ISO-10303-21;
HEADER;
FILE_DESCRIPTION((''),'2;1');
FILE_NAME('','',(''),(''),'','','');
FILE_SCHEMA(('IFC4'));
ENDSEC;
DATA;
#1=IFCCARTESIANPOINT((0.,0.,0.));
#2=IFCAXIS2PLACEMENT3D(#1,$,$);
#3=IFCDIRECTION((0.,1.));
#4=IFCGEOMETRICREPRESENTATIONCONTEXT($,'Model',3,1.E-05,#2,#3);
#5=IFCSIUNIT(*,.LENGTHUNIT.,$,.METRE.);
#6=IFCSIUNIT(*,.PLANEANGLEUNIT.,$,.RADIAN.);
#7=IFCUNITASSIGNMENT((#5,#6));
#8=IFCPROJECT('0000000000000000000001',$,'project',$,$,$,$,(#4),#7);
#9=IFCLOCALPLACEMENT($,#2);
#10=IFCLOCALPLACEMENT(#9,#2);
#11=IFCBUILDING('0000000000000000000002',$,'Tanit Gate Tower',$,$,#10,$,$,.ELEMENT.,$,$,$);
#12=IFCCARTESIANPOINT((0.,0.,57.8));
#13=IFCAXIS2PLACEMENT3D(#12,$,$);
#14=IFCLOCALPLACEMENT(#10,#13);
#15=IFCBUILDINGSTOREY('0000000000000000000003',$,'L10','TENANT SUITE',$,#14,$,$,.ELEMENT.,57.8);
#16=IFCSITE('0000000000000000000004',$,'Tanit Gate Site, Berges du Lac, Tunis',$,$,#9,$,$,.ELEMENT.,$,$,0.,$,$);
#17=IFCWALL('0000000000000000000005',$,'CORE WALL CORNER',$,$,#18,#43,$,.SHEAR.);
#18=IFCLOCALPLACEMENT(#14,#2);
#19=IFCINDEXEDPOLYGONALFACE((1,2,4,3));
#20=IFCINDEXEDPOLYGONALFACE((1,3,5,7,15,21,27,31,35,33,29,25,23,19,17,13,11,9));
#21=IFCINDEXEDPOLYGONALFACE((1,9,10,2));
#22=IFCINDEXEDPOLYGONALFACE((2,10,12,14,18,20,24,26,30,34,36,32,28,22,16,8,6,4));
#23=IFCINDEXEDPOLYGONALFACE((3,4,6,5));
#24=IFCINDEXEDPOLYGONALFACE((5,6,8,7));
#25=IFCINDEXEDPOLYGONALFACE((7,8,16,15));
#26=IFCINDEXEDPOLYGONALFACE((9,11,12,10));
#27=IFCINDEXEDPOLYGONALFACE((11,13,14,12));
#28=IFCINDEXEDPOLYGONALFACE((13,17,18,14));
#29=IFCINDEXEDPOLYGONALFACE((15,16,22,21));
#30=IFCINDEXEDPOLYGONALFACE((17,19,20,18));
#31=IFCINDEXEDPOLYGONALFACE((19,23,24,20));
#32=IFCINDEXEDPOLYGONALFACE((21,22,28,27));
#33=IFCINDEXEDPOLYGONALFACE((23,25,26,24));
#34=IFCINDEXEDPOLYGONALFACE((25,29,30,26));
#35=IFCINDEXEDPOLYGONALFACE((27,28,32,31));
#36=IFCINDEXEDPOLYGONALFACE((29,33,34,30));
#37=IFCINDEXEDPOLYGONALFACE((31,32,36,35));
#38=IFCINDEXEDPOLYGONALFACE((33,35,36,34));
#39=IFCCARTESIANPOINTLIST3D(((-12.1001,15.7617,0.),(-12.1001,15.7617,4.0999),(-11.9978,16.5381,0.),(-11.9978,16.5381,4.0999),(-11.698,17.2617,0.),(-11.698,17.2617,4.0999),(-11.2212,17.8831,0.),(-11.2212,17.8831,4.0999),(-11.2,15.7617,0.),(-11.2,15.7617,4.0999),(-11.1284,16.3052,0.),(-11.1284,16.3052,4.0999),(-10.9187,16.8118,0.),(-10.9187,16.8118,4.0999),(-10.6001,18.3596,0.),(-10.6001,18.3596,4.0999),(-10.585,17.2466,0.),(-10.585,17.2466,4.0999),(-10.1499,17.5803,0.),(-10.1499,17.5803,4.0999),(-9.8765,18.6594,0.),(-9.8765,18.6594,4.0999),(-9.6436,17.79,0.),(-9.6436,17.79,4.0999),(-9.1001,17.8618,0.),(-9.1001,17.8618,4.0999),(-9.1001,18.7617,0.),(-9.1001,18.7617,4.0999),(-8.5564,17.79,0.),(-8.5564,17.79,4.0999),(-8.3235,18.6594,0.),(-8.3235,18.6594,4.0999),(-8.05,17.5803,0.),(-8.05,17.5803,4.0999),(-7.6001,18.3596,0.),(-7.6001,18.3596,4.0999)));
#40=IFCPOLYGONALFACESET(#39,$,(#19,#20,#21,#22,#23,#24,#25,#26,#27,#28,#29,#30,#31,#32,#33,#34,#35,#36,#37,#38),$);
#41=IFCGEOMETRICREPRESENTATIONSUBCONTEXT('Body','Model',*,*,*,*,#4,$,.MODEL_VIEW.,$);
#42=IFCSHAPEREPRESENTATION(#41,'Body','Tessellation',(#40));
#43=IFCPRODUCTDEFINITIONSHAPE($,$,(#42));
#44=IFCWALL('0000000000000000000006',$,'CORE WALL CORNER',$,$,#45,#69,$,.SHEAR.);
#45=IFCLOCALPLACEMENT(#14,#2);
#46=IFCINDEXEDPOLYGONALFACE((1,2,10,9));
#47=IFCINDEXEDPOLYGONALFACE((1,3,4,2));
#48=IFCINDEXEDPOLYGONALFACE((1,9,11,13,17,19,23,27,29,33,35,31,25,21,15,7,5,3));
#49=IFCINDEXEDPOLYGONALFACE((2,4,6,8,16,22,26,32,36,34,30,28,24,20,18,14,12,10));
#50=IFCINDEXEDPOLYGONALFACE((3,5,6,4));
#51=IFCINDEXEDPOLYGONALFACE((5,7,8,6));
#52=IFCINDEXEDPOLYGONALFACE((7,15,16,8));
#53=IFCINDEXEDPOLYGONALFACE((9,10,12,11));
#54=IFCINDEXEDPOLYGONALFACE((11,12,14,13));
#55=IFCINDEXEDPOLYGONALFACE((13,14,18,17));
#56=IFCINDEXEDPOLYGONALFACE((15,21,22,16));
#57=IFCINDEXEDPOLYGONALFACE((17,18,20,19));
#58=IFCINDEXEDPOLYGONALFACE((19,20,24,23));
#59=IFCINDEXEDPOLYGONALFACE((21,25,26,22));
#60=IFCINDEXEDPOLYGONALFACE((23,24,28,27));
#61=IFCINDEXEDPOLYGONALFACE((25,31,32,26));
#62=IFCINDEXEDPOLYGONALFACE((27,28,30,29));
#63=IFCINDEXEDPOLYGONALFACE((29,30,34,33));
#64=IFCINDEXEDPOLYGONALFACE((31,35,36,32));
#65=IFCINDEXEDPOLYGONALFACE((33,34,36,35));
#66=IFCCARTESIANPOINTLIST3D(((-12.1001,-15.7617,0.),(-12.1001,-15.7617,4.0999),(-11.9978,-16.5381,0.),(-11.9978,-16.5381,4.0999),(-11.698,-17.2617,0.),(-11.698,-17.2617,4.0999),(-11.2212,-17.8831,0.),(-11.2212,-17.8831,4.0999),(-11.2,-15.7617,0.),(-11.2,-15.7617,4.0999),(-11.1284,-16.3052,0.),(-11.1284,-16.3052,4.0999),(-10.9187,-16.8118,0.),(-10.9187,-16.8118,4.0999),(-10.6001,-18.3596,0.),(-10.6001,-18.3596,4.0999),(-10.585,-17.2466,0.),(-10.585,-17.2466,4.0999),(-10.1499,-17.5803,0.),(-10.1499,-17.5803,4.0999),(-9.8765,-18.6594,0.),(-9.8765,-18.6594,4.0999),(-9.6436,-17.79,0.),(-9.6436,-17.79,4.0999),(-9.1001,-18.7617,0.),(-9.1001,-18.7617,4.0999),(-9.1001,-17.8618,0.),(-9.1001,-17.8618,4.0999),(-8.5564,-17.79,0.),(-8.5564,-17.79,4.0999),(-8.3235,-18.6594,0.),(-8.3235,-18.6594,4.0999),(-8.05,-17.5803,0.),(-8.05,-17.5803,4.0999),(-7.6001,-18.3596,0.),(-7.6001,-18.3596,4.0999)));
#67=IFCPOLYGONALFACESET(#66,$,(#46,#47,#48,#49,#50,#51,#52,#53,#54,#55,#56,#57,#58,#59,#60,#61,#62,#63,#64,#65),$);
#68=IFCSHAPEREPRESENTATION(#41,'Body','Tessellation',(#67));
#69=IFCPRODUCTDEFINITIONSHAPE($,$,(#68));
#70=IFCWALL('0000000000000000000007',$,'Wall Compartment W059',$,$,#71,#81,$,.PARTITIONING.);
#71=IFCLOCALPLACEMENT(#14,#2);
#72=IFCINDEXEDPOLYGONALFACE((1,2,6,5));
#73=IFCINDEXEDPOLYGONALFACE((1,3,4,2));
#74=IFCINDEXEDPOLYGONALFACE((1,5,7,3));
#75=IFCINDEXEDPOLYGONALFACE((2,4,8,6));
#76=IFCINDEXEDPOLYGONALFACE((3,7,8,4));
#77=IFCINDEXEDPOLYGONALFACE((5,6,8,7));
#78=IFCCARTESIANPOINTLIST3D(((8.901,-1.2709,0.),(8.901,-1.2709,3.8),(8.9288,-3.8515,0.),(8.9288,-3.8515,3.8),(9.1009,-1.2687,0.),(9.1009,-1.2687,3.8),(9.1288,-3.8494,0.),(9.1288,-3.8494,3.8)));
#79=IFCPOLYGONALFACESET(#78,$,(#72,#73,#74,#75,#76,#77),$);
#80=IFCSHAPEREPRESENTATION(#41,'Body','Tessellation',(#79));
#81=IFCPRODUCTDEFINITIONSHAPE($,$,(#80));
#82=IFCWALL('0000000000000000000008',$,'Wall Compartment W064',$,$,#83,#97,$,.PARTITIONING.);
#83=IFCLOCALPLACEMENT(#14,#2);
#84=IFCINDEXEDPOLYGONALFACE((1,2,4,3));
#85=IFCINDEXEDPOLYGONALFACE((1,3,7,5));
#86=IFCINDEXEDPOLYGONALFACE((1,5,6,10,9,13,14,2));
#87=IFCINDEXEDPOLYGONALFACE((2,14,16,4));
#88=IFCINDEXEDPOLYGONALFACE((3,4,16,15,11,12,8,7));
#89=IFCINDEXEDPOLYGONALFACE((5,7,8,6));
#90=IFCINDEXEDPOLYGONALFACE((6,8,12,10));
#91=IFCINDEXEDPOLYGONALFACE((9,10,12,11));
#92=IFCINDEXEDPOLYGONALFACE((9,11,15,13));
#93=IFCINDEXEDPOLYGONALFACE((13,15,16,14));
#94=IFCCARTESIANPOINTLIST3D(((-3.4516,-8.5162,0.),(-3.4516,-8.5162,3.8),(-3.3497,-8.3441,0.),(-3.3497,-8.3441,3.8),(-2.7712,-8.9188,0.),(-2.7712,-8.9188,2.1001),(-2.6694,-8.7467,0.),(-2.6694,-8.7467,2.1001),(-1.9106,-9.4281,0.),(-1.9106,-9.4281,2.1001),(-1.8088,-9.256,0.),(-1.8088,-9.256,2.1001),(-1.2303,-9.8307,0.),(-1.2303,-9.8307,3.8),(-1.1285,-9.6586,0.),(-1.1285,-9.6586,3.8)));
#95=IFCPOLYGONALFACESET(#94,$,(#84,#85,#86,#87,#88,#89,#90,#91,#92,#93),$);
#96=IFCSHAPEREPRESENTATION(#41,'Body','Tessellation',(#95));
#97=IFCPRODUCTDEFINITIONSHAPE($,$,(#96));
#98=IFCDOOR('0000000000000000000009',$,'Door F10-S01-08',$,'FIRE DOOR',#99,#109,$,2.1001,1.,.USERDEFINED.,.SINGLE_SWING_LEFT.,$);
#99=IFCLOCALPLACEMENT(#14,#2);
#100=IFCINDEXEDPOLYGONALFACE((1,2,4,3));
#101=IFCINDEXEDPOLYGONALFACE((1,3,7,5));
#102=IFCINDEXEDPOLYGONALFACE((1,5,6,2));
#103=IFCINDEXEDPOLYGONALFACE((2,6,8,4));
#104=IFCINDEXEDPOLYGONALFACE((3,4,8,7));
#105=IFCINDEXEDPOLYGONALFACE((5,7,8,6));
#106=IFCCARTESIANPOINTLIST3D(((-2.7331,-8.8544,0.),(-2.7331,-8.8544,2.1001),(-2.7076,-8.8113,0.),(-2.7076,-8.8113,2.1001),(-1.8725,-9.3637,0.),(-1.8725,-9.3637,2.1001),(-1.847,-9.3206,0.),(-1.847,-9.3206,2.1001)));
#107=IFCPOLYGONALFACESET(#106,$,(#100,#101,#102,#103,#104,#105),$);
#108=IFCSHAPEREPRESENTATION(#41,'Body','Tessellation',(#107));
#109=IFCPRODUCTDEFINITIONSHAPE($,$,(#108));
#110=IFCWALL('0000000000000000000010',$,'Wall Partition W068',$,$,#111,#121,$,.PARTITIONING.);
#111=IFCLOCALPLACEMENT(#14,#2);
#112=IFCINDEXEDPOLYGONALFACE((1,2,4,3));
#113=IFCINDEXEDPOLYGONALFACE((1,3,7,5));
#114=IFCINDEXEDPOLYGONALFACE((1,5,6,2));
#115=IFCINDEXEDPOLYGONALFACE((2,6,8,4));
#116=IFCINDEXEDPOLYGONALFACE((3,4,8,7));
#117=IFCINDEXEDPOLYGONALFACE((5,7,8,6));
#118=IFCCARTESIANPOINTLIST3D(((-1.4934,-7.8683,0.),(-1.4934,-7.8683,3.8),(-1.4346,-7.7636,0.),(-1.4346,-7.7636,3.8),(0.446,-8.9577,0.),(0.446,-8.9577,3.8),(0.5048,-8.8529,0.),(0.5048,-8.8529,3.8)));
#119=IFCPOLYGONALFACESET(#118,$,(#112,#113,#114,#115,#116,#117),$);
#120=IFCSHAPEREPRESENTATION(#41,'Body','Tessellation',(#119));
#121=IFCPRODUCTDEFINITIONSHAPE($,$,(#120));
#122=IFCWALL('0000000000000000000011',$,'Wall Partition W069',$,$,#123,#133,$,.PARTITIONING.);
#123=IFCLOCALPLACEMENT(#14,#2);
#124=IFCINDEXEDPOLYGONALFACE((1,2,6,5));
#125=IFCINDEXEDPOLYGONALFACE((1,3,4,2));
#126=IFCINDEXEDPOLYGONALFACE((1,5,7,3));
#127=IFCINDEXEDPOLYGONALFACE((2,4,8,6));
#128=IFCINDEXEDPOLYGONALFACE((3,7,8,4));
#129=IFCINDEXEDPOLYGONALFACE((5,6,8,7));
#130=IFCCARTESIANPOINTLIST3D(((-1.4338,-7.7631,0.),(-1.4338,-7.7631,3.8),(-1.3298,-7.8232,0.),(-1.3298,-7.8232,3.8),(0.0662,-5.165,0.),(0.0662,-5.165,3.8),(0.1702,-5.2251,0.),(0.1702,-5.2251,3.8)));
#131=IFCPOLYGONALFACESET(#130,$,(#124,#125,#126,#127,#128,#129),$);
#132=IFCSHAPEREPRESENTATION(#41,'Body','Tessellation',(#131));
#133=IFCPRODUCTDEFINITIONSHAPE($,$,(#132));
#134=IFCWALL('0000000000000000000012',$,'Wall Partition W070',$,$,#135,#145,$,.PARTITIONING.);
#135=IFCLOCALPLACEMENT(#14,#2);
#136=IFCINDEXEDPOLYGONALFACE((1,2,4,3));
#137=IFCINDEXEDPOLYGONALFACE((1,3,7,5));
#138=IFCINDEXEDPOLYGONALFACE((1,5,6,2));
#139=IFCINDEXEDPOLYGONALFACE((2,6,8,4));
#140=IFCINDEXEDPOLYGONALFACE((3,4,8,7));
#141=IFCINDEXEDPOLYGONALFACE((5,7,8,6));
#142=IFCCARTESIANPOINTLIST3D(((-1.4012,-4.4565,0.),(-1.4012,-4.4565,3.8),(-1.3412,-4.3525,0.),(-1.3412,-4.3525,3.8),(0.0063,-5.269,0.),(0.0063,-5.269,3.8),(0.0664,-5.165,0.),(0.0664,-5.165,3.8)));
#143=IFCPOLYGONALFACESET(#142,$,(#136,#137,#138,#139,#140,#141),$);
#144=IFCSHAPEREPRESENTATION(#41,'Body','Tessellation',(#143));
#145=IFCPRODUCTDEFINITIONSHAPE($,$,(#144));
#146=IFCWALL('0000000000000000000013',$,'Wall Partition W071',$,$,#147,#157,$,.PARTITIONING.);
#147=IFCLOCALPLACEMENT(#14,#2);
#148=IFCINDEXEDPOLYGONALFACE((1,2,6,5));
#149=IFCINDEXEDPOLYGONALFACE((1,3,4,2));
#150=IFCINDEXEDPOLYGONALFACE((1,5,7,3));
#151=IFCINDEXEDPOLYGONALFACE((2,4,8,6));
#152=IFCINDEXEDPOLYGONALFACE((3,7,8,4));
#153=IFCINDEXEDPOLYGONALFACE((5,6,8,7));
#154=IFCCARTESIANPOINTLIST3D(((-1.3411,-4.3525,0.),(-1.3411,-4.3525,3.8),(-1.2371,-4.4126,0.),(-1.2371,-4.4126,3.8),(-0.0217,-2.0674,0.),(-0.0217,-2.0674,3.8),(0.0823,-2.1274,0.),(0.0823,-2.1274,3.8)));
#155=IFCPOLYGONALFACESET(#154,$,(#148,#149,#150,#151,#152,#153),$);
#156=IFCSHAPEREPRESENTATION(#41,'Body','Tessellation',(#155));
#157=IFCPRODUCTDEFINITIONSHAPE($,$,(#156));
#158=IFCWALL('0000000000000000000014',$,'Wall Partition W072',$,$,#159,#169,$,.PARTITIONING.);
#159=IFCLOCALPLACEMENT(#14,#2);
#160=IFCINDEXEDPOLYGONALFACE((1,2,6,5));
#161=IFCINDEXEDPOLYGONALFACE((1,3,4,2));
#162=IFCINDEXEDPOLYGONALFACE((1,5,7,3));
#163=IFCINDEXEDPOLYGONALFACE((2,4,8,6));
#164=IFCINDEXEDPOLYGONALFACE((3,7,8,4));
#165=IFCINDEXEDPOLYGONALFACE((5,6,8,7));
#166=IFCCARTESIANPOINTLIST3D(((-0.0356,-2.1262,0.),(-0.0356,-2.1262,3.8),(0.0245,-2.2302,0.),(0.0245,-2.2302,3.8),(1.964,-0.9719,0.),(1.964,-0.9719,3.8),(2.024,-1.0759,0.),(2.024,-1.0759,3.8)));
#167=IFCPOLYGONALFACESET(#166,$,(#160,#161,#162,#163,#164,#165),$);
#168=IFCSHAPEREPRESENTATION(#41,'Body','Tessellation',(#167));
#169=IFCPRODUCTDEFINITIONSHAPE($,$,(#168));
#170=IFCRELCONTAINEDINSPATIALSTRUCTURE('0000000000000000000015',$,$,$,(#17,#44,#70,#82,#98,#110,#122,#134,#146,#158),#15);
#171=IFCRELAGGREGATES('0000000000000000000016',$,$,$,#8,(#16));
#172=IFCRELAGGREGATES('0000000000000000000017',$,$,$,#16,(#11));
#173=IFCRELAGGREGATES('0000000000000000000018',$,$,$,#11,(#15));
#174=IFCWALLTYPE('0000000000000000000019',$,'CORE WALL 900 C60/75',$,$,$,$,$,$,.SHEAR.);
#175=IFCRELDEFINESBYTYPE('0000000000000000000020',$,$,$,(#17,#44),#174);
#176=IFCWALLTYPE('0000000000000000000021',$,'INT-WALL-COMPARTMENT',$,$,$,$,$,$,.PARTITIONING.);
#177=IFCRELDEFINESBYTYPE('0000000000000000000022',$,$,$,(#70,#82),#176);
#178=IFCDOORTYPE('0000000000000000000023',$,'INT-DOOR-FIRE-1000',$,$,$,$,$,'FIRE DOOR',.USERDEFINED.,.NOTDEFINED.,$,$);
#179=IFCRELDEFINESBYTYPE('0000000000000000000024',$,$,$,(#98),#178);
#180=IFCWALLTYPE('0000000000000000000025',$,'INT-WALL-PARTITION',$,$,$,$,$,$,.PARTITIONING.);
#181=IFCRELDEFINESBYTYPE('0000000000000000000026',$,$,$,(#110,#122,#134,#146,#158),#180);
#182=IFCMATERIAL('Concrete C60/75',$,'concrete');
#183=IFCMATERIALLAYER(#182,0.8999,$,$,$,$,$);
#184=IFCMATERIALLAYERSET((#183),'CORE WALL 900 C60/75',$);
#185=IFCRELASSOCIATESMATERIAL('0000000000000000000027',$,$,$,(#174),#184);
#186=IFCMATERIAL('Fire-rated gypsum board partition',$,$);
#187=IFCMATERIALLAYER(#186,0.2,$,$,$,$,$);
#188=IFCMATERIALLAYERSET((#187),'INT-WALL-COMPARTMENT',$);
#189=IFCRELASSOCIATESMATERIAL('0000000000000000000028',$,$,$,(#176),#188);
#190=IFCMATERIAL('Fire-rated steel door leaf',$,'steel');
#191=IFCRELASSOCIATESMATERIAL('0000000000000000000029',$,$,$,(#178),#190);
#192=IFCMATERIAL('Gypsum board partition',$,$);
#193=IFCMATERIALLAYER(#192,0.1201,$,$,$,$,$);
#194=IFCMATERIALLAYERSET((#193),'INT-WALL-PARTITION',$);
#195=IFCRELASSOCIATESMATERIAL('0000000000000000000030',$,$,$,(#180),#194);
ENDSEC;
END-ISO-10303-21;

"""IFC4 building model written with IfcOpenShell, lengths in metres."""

from ifc_helpers import new_model, si_unit, direction, frame, frame_2d, origin, place, context, subcontext, project, spatial, polyline, rectangle, outline, extrude, material, layer, layer_set, type_object, element, fill, save


model = new_model("IFC4")

# Units and contexts
model_context = context("Model", 3, precision=1e-05, world=origin(), true_north=direction((0.0, 1.0)))
body_context = subcontext(model_context, "Body", "Model", "MODEL_VIEW")
ifc_project = project(units=[si_unit("LENGTHUNIT", "METRE"), si_unit("PLANEANGLEUNIT", "RADIAN")], contexts=[model_context])

# Site, building, storey
site_placement = place(None, origin())
site = spatial("IfcSite", under=ifc_project, at=site_placement, Name="Tanit Gate Site, Berges du Lac, Tunis", CompositionType="ELEMENT", RefElevation=0.0)
building_placement = place(site_placement, origin())
building = spatial("IfcBuilding", under=site, at=building_placement, Name="Tanit Gate Tower", CompositionType="ELEMENT")
storey_placement = place(building_placement, frame((0.0, 0.0, 57.8)))
storey = spatial("IfcBuildingStorey", under=building, at=storey_placement, Name="L10", Description="TENANT SUITE", CompositionType="ELEMENT", Elevation=57.8)

# Walls
ifc_material_1 = material(Name="Concrete C60/75", Category="concrete")
ifc_layer_1 = layer(ifc_material_1, 0.8999)
ifc_layer_set_1 = layer_set([ifc_layer_1], Name="CORE WALL 900 C60/75")
wall_type_1 = type_object("IfcWallType", Name="CORE WALL 900 C60/75", PredefinedType="SHEAR", material=ifc_layer_set_1)
wall_1_placement = place(storey_placement, origin())
element("IfcWall", 1, at=wall_1_placement, inside=storey, type_object=wall_type_1, Name="CORE WALL CORNER", PredefinedType="SHEAR", context=body_context, shape_type="SweptSolid", body=[
    extrude(outline(polyline([(-7.6001, 18.3596), (-8.3235, 18.6594), (-9.1001, 18.7617), (-9.8765, 18.6594), (-10.6001, 18.3596), (-11.2212, 17.8831), (-11.698, 17.2617), (-11.9978, 16.5381), (-12.1001, 15.7617), (-11.2, 15.7617), (-11.1284, 16.3052), (-10.9187, 16.8118), (-10.585, 17.2466), (-10.1499, 17.5803), (-9.6436, 17.79), (-9.1001, 17.8618), (-8.5564, 17.79), (-8.05, 17.5803), (-7.6001, 18.3596)])), origin(), (0.0, 0.0, 1.0), 4.0999),
])
wall_2_placement = place(storey_placement, origin())
element("IfcWall", 2, at=wall_2_placement, inside=storey, type_object=wall_type_1, Name="CORE WALL CORNER", PredefinedType="SHEAR", context=body_context, shape_type="SweptSolid", body=[
    extrude(outline(polyline([(-12.1001, -15.7617), (-11.9978, -16.5381), (-11.698, -17.2617), (-11.2212, -17.8831), (-10.6001, -18.3596), (-9.8765, -18.6594), (-9.1001, -18.7617), (-8.3235, -18.6594), (-7.6001, -18.3596), (-8.05, -17.5803), (-8.5564, -17.79), (-9.1001, -17.8618), (-9.6436, -17.79), (-10.1499, -17.5803), (-10.585, -17.2466), (-10.9187, -16.8118), (-11.1284, -16.3052), (-11.2, -15.7617), (-12.1001, -15.7617)])), origin(), (0.0, 0.0, 1.0), 4.0999),
])
ifc_material_2 = material(Name="Fire-rated gypsum board partition")
ifc_layer_2 = layer(ifc_material_2, 0.2)
ifc_layer_set_2 = layer_set([ifc_layer_2], Name="INT-WALL-COMPARTMENT")
wall_type_2 = type_object("IfcWallType", Name="INT-WALL-COMPARTMENT", PredefinedType="PARTITIONING", material=ifc_layer_set_2)
wall_3_placement = place(storey_placement, frame((9.0288, -3.8506, 0.0), z_axis=(0.0, 0.0, 1.0), x_axis=(-0.010785, 0.999942, 0.0)))
element("IfcWall", 3, at=wall_3_placement, inside=storey, type_object=wall_type_2, Name="Wall Compartment W059", PredefinedType="PARTITIONING", context=body_context, shape_type="SweptSolid", body=[
    extrude(rectangle(XDim=2.5808, YDim=0.2, at=frame_2d((1.2905, 0.0))), origin(), (0.0, 0.0, 1.0), 3.8),
])

# Wall, opening, door
wall_4_placement = place(storey_placement, frame((-3.4006, -8.4302, 0.0), z_axis=(0.0, 0.0, 1.0), x_axis=(0.860599, -0.509284, 0.0)))
wall_4 = element("IfcWall", 4, at=wall_4_placement, inside=storey, type_object=wall_type_2, Name="Wall Compartment W064", PredefinedType="PARTITIONING", context=body_context, shape_type="SweptSolid", body=[
    extrude(rectangle(XDim=2.5811, YDim=0.2, at=frame_2d((1.2905, 0.0))), origin(), (0.0, 0.0, 1.0), 3.8),
])
opening_1_placement = place(wall_4_placement, frame((0.7905, 0.0, 0.0)))
opening_1 = element("IfcOpeningElement", 5, at=opening_1_placement, cuts=wall_4, PredefinedType="OPENING", context=body_context, shape_type="SweptSolid", body=[
    extrude(rectangle(XDim=1.0, YDim=2.1001, at=frame_2d((0.5, 1.05))), frame((0.0, 0.1099, 0.0), z_axis=(0.0, -1.0, 0.0), x_axis=(1.0, 0.0, 0.0)), (0.0, 0.0, 1.0), 0.22),
])
ifc_material_3 = material(Name="Fire-rated steel door leaf", Category="steel")
door_type_1 = type_object("IfcDoorType", Name="INT-DOOR-FIRE-1000", ElementType="FIRE DOOR", OperationType="NOTDEFINED", PredefinedType="USERDEFINED", material=ifc_material_3)
door_1_placement = place(opening_1_placement, origin())
door_1 = element("IfcDoor", 6, at=door_1_placement, inside=storey, type_object=door_type_1, Name="Door F10-S01-08", ObjectType="FIRE DOOR", OperationType="SINGLE_SWING_LEFT", OverallHeight=2.1001, OverallWidth=1.0, PredefinedType="USERDEFINED", context=body_context, shape_type="SweptSolid", body=[
    extrude(rectangle(XDim=1.0, YDim=2.1001, at=frame_2d((0.5, 1.05))), frame((0.0, 0.0249, 0.0), z_axis=(0.0, -1.0, 0.0), x_axis=(1.0, 0.0, 0.0)), (0.0, 0.0, 1.0), 0.05),
])
fill(opening_1, door_1)

# Walls
ifc_material_4 = material(Name="Gypsum board partition")
ifc_layer_3 = layer(ifc_material_4, 0.1201)
ifc_layer_set_3 = layer_set([ifc_layer_3], Name="INT-WALL-PARTITION")
wall_type_3 = type_object("IfcWallType", Name="INT-WALL-PARTITION", PredefinedType="PARTITIONING", material=ifc_layer_set_3)
wall_5_placement = place(storey_placement, frame((-1.4641, -7.8159, 0.0), z_axis=(0.0, 0.0, 1.0), x_axis=(0.87188, -0.489719, 0.0)))
element("IfcWall", 7, at=wall_5_placement, inside=storey, type_object=wall_type_3, Name="Wall Partition W068", PredefinedType="PARTITIONING", context=body_context, shape_type="SweptSolid", body=[
    extrude(rectangle(XDim=2.2244, YDim=0.1201, at=frame_2d((1.1123, 0.0))), origin(), (0.0, 0.0, 1.0), 3.8),
])
wall_6_placement = place(storey_placement, frame((0.1182, -5.1951, 0.0), z_axis=(0.0, 0.0, 1.0), x_axis=(-0.49999, -0.866031, 0.0)))
element("IfcWall", 8, at=wall_6_placement, inside=storey, type_object=wall_type_3, Name="Wall Partition W069", PredefinedType="PARTITIONING", context=body_context, shape_type="SweptSolid", body=[
    extrude(rectangle(XDim=3.0, YDim=0.1201, at=frame_2d((1.5, 0.0))), origin(), (0.0, 0.0, 1.0), 3.8),
])
wall_7_placement = place(storey_placement, frame((-1.3711, -4.4045, 0.0), z_axis=(0.0, 0.0, 1.0), x_axis=(0.866053, -0.499952, 0.0)))
element("IfcWall", 9, at=wall_7_placement, inside=storey, type_object=wall_type_3, Name="Wall Partition W070", PredefinedType="PARTITIONING", context=body_context, shape_type="SweptSolid", body=[
    extrude(rectangle(XDim=1.6252, YDim=0.1201, at=frame_2d((0.8125, 0.0))), origin(), (0.0, 0.0, 1.0), 3.8),
])
wall_8_placement = place(storey_placement, frame((0.0303, -2.0974, 0.0), z_axis=(0.0, 0.0, 1.0), x_axis=(-0.5, -0.866025, 0.0)))
element("IfcWall", 10, at=wall_8_placement, inside=storey, type_object=wall_type_3, Name="Wall Partition W071", PredefinedType="PARTITIONING", context=body_context, shape_type="SweptSolid", body=[
    extrude(rectangle(XDim=2.6387, YDim=0.1201, at=frame_2d((1.3193, 0.0))), origin(), (0.0, 0.0, 1.0), 3.8),
])
wall_9_placement = place(storey_placement, frame((1.9939, -1.0239, 0.0), z_axis=(0.0, 0.0, 1.0), x_axis=(-0.866048, -0.49996, 0.0)))
element("IfcWall", 11, at=wall_9_placement, inside=storey, type_object=wall_type_3, Name="Wall Partition W072", PredefinedType="PARTITIONING", context=body_context, shape_type="SweptSolid", body=[
    extrude(rectangle(XDim=2.3088, YDim=0.1201, at=frame_2d((1.1543, 0.0))), origin(), (0.0, 0.0, 1.0), 3.8),
])

save(model, "model.ifc")
